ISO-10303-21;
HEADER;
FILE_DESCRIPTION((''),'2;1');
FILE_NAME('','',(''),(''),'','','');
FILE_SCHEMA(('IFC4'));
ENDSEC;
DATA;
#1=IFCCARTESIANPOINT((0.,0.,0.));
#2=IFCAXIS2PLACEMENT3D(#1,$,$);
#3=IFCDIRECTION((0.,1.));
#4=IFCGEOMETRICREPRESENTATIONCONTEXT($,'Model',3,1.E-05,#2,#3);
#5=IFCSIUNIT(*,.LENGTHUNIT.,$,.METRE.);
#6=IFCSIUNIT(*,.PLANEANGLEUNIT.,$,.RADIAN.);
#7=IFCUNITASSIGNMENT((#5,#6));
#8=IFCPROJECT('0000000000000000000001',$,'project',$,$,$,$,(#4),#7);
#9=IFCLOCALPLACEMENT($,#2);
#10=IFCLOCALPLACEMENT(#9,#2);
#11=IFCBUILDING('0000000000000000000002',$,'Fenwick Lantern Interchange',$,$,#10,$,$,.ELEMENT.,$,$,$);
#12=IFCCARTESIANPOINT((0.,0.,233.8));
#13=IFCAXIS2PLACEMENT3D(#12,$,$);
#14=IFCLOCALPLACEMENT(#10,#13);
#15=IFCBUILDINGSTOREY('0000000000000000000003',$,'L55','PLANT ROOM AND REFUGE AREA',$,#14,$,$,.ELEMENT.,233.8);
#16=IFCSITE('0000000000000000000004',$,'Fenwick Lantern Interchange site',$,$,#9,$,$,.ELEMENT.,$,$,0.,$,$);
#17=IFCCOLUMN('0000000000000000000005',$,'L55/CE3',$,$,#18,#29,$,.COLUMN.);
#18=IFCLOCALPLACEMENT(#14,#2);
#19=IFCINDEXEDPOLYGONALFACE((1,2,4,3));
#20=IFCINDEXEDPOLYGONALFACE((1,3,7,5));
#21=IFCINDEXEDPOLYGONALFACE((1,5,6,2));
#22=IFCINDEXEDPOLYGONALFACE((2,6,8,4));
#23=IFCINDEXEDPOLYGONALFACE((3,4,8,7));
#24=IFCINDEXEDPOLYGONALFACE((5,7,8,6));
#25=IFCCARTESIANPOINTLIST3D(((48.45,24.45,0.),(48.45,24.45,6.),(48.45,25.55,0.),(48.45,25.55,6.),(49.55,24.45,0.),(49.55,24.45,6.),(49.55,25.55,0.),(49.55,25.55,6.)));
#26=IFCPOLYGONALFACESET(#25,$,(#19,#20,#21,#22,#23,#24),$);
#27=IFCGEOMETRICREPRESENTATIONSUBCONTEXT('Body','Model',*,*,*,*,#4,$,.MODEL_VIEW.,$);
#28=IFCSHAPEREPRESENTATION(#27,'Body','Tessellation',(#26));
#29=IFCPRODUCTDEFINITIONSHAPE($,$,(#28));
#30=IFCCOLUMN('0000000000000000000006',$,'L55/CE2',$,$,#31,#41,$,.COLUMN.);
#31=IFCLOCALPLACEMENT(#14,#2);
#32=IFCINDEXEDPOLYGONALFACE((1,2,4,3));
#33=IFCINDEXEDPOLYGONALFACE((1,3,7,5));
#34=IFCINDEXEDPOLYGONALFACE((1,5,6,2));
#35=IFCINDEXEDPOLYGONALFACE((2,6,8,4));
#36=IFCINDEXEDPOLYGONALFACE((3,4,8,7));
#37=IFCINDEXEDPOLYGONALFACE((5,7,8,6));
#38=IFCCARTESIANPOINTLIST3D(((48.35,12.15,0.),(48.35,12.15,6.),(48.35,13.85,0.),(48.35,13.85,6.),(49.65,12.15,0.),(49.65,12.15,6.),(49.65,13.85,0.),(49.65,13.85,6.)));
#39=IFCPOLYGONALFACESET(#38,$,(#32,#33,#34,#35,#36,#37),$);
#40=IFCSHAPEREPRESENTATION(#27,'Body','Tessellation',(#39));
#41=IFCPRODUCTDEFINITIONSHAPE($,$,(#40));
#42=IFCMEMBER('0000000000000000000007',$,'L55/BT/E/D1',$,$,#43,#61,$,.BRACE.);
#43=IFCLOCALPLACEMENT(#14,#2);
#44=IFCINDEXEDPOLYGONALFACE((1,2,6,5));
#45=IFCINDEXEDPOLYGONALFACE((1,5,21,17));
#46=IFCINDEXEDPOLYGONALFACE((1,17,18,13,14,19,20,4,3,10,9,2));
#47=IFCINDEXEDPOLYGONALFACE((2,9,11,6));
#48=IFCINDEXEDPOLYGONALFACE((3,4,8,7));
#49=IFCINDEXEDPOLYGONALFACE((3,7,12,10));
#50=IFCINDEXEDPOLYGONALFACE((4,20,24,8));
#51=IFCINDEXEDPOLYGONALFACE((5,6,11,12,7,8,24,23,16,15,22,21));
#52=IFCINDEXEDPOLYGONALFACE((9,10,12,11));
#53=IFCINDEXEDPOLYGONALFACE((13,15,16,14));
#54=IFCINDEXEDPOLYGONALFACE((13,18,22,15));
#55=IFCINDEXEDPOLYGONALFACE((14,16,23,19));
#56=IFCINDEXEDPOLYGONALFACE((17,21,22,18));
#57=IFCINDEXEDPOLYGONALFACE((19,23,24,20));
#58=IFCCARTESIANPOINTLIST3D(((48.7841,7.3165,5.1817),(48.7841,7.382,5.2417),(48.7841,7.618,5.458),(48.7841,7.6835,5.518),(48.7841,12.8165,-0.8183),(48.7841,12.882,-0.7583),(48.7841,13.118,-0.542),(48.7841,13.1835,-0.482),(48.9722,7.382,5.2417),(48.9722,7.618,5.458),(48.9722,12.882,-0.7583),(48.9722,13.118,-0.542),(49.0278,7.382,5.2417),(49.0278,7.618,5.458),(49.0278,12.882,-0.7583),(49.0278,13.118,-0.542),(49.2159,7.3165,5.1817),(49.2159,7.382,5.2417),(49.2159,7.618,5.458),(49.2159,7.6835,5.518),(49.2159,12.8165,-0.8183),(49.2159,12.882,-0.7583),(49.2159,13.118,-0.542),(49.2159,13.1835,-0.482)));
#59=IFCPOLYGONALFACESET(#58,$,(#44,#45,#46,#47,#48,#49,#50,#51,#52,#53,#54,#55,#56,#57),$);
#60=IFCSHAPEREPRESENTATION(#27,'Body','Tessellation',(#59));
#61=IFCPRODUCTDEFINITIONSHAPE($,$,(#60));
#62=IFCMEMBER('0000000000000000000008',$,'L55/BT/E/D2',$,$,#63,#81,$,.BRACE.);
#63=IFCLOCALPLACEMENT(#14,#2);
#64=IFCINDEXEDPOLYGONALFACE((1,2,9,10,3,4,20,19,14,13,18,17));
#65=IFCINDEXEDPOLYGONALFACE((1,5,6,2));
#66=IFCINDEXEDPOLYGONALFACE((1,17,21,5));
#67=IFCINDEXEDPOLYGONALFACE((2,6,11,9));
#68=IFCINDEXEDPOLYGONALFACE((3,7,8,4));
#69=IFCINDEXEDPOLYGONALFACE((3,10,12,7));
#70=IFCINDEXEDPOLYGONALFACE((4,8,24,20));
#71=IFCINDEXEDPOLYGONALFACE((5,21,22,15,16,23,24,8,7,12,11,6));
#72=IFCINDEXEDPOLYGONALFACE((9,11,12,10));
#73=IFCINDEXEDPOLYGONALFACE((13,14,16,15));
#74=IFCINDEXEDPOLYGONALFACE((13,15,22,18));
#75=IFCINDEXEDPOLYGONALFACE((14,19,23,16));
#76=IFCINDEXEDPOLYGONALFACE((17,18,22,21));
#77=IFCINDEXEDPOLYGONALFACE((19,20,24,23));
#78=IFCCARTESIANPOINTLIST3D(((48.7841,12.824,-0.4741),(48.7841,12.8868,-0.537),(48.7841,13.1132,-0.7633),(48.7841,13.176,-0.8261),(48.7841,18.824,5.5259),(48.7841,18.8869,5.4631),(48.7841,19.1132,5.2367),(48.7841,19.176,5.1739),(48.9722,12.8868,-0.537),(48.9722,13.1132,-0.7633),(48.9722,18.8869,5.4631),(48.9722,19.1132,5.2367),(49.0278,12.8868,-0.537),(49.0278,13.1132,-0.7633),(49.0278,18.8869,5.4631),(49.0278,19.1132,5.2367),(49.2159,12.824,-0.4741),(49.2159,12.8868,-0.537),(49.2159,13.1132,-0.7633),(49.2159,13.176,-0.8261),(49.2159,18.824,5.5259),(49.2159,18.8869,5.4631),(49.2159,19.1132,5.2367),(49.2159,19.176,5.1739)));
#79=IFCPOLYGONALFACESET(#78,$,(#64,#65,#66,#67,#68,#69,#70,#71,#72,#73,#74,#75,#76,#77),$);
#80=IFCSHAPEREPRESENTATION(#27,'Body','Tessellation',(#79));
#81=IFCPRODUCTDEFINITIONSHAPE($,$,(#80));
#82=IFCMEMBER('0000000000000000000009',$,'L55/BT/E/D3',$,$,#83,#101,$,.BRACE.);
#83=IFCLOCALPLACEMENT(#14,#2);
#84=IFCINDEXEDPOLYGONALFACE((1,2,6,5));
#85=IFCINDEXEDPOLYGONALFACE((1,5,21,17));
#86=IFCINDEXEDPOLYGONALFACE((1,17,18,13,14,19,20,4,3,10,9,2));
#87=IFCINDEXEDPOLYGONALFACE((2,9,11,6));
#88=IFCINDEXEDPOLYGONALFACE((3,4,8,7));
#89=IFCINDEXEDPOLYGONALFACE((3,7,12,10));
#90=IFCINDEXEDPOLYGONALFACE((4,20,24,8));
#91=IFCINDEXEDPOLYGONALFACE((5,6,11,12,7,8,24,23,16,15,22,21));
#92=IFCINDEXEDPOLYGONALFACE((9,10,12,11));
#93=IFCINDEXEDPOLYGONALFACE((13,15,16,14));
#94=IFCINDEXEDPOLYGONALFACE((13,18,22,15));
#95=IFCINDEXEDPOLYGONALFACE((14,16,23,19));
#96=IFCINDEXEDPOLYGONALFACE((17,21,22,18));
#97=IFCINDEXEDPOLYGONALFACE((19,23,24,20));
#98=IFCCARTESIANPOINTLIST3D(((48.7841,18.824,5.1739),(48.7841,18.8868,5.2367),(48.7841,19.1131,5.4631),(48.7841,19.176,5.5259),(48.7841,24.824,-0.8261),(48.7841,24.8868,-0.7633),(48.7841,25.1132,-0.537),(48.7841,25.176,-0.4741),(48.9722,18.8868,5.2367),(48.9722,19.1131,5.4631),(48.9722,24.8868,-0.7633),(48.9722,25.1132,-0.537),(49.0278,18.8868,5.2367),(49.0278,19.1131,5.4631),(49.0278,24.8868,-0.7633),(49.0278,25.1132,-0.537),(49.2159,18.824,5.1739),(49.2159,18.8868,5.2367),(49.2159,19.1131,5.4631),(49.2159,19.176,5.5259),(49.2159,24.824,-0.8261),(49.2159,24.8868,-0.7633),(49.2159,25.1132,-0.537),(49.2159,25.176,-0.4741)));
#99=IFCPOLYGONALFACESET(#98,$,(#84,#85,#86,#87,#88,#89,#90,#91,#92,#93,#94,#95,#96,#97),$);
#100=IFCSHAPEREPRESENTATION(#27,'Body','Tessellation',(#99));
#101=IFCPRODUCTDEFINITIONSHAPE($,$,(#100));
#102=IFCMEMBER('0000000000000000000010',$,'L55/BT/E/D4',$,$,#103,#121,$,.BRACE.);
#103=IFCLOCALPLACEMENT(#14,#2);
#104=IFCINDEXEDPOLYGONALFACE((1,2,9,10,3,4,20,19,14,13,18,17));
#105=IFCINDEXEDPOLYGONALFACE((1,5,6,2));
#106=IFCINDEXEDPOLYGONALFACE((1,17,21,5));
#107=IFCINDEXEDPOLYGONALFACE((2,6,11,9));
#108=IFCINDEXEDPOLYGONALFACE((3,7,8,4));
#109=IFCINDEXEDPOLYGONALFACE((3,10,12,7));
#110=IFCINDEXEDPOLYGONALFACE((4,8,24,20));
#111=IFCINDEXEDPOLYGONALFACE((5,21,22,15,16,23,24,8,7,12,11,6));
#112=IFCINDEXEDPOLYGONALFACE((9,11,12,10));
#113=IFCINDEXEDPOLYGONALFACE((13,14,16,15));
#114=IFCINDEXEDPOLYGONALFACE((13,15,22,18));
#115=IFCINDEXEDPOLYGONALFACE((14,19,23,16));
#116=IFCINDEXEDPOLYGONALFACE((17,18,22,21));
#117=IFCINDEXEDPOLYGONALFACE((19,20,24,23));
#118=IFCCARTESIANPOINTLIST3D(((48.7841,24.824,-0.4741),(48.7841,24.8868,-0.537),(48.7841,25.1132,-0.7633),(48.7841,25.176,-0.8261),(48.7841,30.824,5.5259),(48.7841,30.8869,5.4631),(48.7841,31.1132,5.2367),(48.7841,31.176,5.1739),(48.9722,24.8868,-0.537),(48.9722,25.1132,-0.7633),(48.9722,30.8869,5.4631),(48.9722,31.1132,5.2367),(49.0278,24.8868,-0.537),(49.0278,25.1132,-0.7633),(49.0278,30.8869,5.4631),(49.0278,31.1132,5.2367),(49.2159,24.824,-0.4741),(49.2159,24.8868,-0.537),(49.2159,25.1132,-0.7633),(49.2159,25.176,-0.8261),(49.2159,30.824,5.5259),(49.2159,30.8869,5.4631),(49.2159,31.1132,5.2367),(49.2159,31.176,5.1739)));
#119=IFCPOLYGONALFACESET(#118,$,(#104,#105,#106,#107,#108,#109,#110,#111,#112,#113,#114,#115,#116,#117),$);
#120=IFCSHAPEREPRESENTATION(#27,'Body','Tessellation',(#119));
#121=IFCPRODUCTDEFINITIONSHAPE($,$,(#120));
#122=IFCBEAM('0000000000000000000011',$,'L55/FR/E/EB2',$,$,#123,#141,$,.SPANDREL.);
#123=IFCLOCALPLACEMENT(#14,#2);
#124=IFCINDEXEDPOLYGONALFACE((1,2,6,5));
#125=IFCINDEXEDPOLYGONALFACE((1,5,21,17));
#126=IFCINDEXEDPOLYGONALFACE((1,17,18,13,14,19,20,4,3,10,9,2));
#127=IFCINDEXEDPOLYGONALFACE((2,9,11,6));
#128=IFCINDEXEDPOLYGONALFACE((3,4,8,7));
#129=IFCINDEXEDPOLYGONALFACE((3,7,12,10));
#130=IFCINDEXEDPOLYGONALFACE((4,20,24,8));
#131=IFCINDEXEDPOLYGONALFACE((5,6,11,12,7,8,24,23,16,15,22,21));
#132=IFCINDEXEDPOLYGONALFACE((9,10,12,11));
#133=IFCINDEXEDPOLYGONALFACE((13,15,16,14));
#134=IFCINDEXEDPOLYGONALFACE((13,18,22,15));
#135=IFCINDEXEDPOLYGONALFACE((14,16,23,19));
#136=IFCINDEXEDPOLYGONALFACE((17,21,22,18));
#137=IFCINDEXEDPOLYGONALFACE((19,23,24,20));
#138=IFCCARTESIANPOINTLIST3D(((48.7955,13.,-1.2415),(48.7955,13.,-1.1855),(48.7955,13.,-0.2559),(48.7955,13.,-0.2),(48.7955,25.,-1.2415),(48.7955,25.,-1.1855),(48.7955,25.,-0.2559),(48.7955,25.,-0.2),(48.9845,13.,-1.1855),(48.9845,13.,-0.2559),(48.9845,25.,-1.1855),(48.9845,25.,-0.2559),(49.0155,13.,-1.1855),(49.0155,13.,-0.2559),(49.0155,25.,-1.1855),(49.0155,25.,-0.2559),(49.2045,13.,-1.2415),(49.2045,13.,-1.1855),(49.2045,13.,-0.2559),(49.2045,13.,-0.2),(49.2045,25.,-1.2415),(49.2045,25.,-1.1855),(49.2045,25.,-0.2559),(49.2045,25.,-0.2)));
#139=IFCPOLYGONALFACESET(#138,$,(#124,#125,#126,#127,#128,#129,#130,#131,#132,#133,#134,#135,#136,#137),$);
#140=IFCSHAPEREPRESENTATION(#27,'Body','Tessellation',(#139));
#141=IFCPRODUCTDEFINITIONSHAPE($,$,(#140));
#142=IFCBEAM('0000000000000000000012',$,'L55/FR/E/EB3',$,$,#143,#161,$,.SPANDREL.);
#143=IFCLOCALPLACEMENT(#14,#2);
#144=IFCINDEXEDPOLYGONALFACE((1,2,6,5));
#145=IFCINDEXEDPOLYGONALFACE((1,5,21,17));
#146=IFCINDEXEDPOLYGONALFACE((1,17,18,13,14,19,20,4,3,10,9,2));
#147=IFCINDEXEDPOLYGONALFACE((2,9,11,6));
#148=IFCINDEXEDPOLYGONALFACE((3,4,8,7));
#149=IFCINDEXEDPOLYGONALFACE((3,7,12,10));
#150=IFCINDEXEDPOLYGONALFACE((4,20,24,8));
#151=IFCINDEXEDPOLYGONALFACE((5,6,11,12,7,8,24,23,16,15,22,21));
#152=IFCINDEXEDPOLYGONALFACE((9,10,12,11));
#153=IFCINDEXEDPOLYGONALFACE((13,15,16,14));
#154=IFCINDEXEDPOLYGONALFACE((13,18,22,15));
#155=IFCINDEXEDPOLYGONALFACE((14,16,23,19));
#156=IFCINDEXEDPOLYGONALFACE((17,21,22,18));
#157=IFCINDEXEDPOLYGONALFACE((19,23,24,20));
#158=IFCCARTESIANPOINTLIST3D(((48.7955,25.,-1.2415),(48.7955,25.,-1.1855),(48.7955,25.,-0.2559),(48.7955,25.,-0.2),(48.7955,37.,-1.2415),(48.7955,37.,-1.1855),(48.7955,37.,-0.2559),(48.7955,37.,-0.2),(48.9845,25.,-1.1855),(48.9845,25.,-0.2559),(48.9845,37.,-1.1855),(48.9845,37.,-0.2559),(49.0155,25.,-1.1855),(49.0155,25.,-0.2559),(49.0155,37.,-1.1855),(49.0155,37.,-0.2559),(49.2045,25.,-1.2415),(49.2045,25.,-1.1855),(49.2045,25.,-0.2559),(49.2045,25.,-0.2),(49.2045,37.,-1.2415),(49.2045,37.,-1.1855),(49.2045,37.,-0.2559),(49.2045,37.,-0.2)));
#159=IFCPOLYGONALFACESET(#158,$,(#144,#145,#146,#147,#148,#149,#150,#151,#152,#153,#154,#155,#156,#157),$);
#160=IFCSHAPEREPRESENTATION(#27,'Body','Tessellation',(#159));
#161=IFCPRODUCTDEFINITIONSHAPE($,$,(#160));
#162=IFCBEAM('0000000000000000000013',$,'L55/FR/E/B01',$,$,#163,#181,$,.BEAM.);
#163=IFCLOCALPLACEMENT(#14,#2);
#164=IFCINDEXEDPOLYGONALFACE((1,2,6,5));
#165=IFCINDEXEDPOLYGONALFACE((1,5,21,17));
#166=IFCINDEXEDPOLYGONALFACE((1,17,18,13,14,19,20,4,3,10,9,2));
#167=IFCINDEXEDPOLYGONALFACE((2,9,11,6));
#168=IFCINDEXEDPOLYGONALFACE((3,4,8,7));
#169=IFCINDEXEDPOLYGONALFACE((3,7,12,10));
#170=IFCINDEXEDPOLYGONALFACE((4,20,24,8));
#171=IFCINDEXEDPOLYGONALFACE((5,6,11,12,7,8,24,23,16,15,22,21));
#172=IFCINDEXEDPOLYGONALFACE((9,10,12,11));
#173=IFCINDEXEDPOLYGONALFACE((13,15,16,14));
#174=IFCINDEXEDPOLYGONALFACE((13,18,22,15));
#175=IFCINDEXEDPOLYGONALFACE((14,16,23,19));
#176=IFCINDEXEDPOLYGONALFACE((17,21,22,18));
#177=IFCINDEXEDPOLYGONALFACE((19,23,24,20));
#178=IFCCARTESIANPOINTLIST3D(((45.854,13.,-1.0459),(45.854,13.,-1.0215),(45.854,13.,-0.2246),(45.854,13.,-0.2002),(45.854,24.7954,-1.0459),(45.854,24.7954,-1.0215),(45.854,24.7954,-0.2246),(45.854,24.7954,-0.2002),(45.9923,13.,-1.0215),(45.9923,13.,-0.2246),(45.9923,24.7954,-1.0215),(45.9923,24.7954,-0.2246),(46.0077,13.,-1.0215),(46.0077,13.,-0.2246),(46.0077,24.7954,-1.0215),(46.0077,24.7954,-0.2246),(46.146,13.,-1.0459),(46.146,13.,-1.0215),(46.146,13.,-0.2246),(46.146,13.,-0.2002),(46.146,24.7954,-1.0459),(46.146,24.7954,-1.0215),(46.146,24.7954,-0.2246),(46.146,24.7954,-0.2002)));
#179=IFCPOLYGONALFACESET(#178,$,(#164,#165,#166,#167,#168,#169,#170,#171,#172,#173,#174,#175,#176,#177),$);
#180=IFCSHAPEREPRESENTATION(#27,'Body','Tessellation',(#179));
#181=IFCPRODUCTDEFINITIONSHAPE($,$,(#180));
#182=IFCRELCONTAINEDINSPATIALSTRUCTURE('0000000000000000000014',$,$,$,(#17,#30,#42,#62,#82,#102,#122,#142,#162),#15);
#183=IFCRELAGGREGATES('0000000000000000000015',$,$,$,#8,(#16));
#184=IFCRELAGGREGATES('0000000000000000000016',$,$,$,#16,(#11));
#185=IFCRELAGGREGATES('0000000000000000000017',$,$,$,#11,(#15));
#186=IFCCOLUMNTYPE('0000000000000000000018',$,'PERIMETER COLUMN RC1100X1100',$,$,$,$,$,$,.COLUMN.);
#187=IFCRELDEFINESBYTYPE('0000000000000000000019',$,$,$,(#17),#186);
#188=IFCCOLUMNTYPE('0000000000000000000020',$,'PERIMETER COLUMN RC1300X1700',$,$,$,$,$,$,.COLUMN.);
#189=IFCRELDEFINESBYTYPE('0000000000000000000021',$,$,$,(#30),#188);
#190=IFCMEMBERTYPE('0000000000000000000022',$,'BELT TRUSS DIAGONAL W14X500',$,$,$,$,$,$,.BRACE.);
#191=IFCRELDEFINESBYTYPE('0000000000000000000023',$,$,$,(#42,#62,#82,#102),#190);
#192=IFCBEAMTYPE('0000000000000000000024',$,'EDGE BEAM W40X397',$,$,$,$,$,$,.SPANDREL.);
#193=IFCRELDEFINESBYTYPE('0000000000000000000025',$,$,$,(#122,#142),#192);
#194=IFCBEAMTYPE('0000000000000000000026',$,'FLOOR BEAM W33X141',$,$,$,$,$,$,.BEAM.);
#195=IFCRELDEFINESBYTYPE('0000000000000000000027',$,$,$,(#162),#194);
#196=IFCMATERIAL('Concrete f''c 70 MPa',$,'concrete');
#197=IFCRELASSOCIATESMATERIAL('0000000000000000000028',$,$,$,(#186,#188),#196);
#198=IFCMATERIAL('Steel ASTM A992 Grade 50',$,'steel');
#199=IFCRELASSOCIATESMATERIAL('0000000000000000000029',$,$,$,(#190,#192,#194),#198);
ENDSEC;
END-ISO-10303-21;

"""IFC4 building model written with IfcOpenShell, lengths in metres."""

from ifc_helpers import new_model, si_unit, direction, frame, origin, origin_2d, place, context, subcontext, project, spatial, rectangle, i_section, extrude, material, material_profile, profile_set, type_object, element, save


model = new_model("IFC4")

# Units and contexts
model_context = context("Model", 3, precision=1e-05, world=origin(), true_north=direction((0.0, 1.0)))
body_context = subcontext(model_context, "Body", "Model", "MODEL_VIEW")
ifc_project = project(units=[si_unit("LENGTHUNIT", "METRE"), si_unit("PLANEANGLEUNIT", "RADIAN")], contexts=[model_context])

# Site, building, storey
site_placement = place(None, origin())
site = spatial("IfcSite", under=ifc_project, at=site_placement, Name="Fenwick Lantern Interchange site", CompositionType="ELEMENT", RefElevation=0.0)
building_placement = place(site_placement, origin())
building = spatial("IfcBuilding", under=site, at=building_placement, Name="Fenwick Lantern Interchange", CompositionType="ELEMENT")
storey_placement = place(building_placement, frame((0.0, 0.0, 233.8)))
storey = spatial("IfcBuildingStorey", under=building, at=storey_placement, Name="L55", Description="PLANT ROOM AND REFUGE AREA", CompositionType="ELEMENT", Elevation=233.8)

# Columns
ifc_material_1 = material(Name="Concrete f'c 70 MPa", Category="concrete")
ifc_material_profile_1 = material_profile(ifc_material_1, rectangle(XDim=1.1001, YDim=1.1001, at=origin_2d()), Name="RC1100X1100")
ifc_profile_set_1 = profile_set([ifc_material_profile_1], Name="Concrete f'c 70 MPa")
column_type_1 = type_object("IfcColumnType", Name="PERIMETER COLUMN RC1100X1100", PredefinedType="COLUMN", material=ifc_profile_set_1)
column_1_placement = place(storey_placement, frame((49.0, 25.0, 0.0), z_axis=(0.0, 0.0, 1.0), x_axis=(1.0, 0.0, 0.0)))
element("IfcColumn", 1, at=column_1_placement, inside=storey, type_object=column_type_1, Name="L55/CE3", PredefinedType="COLUMN", context=body_context, shape_type="SweptSolid", body=[
    extrude(rectangle(XDim=1.1001, YDim=1.1001, at=origin_2d()), origin(), (0.0, 0.0, 1.0), 6.0),
])
ifc_material_profile_2 = material_profile(ifc_material_1, rectangle(XDim=1.3, YDim=1.7, at=origin_2d()), Name="RC1300X1700")
ifc_profile_set_2 = profile_set([ifc_material_profile_2], Name="Concrete f'c 70 MPa")
column_type_2 = type_object("IfcColumnType", Name="PERIMETER COLUMN RC1300X1700", PredefinedType="COLUMN", material=ifc_profile_set_2)
column_2_placement = place(storey_placement, frame((49.0, 13.0, 0.0), z_axis=(0.0, 0.0, 1.0), x_axis=(1.0, 0.0, 0.0)))
element("IfcColumn", 2, at=column_2_placement, inside=storey, type_object=column_type_2, Name="L55/CE2", PredefinedType="COLUMN", context=body_context, shape_type="SweptSolid", body=[
    extrude(rectangle(XDim=1.3, YDim=1.7, at=origin_2d()), origin(), (0.0, 0.0, 1.0), 6.0),
])

# Members
ifc_material_2 = material(Name="Steel ASTM A992 Grade 50", Category="steel")
ifc_material_profile_3 = material_profile(ifc_material_2, i_section(OverallWidth=0.4319, OverallDepth=0.4978, WebThickness=0.0557, FlangeThickness=0.0889, at=origin_2d()), Name="W14X500")
ifc_profile_set_3 = profile_set([ifc_material_profile_3], Name="Steel ASTM A992 Grade 50")
member_type_1 = type_object("IfcMemberType", Name="BELT TRUSS DIAGONAL W14X500", PredefinedType="BRACE", material=ifc_profile_set_3)
member_1_placement = place(storey_placement, frame((49.0, 13.0, -0.6501), z_axis=(0.0, -0.675725, 0.737154), x_axis=(1.0, 0.0, 0.0)))
element("IfcMember", 3, at=member_1_placement, inside=storey, type_object=member_type_1, Name="L55/BT/E/D1", PredefinedType="BRACE", context=body_context, shape_type="SweptSolid", body=[
    extrude(i_section(OverallWidth=0.4319, OverallDepth=0.4978, WebThickness=0.0557, FlangeThickness=0.0889, at=origin_2d()), origin(), (0.0, 0.0, 1.0), 8.1394),
])
for number, where, z_axis, x_axis, name in (
    (4, (49.0, 13.0, -0.6501), (0.0, 0.707107, 0.707107), (-1.0, 0.0, 0.0), "L55/BT/E/D2"),
    (5, (49.0, 25.0, -0.6501), (0.0, -0.707107, 0.707107), (1.0, 0.0, 0.0), "L55/BT/E/D3"),
    (6, (49.0, 25.0, -0.6501), (0.0, 0.707107, 0.707107), (-1.0, 0.0, 0.0), "L55/BT/E/D4"),
):
    element("IfcMember", number, at=place(storey_placement, frame(where, z_axis=z_axis, x_axis=x_axis)), inside=storey, type_object=member_type_1, Name=name, PredefinedType="BRACE", context=body_context, shape_type="SweptSolid", body=[
        extrude(i_section(OverallWidth=0.4319, OverallDepth=0.4978, WebThickness=0.0557, FlangeThickness=0.0889, at=origin_2d()), origin(), (0.0, 0.0, 1.0), 8.4854),
    ])

# Beams
ifc_material_profile_4 = material_profile(ifc_material_2, i_section(OverallWidth=0.4089, OverallDepth=1.0415, WebThickness=0.031, FlangeThickness=0.0559, at=origin_2d()), Name="W40X397")
ifc_profile_set_4 = profile_set([ifc_material_profile_4], Name="Steel ASTM A992 Grade 50")
beam_type_1 = type_object("IfcBeamType", Name="EDGE BEAM W40X397", PredefinedType="SPANDREL", material=ifc_profile_set_4)
for number, where, z_axis, x_axis, name in (
    (7, (49.0, 13.0, -0.7207), (0.0, 1.0, 0.0), (-1.0, 0.0, 0.0), "L55/FR/E/EB2"),
    (8, (49.0, 25.0, -0.7207), (0.0, 1.0, 0.0), (-1.0, 0.0, 0.0), "L55/FR/E/EB3"),
):
    element("IfcBeam", number, at=place(storey_placement, frame(where, z_axis=z_axis, x_axis=x_axis)), inside=storey, type_object=beam_type_1, Name=name, PredefinedType="SPANDREL", context=body_context, shape_type="SweptSolid", body=[
        extrude(i_section(OverallWidth=0.4089, OverallDepth=1.0415, WebThickness=0.031, FlangeThickness=0.0559, at=origin_2d()), origin(), (0.0, 0.0, 1.0), 12.0),
    ])
ifc_material_profile_5 = material_profile(ifc_material_2, i_section(OverallWidth=0.292, OverallDepth=0.8457, WebThickness=0.0154, FlangeThickness=0.0244, at=origin_2d()), Name="W33X141")
ifc_profile_set_5 = profile_set([ifc_material_profile_5], Name="Steel ASTM A992 Grade 50")
beam_type_2 = type_object("IfcBeamType", Name="FLOOR BEAM W33X141", PredefinedType="BEAM", material=ifc_profile_set_5)
for number, where, z_axis, x_axis, name in (
    (9, (46.0, 13.0, -0.623), (0.0, 1.0, 0.0), (-1.0, 0.0, 0.0), "L55/FR/E/B01"),
):
    element("IfcBeam", number, at=place(storey_placement, frame(where, z_axis=z_axis, x_axis=x_axis)), inside=storey, type_object=beam_type_2, Name=name, PredefinedType="BEAM", context=body_context, shape_type="SweptSolid", body=[
        extrude(i_section(OverallWidth=0.292, OverallDepth=0.8457, WebThickness=0.0154, FlangeThickness=0.0244, at=origin_2d()), origin(), (0.0, 0.0, 1.0), 11.7954),
    ])

save(model, "model.ifc")
